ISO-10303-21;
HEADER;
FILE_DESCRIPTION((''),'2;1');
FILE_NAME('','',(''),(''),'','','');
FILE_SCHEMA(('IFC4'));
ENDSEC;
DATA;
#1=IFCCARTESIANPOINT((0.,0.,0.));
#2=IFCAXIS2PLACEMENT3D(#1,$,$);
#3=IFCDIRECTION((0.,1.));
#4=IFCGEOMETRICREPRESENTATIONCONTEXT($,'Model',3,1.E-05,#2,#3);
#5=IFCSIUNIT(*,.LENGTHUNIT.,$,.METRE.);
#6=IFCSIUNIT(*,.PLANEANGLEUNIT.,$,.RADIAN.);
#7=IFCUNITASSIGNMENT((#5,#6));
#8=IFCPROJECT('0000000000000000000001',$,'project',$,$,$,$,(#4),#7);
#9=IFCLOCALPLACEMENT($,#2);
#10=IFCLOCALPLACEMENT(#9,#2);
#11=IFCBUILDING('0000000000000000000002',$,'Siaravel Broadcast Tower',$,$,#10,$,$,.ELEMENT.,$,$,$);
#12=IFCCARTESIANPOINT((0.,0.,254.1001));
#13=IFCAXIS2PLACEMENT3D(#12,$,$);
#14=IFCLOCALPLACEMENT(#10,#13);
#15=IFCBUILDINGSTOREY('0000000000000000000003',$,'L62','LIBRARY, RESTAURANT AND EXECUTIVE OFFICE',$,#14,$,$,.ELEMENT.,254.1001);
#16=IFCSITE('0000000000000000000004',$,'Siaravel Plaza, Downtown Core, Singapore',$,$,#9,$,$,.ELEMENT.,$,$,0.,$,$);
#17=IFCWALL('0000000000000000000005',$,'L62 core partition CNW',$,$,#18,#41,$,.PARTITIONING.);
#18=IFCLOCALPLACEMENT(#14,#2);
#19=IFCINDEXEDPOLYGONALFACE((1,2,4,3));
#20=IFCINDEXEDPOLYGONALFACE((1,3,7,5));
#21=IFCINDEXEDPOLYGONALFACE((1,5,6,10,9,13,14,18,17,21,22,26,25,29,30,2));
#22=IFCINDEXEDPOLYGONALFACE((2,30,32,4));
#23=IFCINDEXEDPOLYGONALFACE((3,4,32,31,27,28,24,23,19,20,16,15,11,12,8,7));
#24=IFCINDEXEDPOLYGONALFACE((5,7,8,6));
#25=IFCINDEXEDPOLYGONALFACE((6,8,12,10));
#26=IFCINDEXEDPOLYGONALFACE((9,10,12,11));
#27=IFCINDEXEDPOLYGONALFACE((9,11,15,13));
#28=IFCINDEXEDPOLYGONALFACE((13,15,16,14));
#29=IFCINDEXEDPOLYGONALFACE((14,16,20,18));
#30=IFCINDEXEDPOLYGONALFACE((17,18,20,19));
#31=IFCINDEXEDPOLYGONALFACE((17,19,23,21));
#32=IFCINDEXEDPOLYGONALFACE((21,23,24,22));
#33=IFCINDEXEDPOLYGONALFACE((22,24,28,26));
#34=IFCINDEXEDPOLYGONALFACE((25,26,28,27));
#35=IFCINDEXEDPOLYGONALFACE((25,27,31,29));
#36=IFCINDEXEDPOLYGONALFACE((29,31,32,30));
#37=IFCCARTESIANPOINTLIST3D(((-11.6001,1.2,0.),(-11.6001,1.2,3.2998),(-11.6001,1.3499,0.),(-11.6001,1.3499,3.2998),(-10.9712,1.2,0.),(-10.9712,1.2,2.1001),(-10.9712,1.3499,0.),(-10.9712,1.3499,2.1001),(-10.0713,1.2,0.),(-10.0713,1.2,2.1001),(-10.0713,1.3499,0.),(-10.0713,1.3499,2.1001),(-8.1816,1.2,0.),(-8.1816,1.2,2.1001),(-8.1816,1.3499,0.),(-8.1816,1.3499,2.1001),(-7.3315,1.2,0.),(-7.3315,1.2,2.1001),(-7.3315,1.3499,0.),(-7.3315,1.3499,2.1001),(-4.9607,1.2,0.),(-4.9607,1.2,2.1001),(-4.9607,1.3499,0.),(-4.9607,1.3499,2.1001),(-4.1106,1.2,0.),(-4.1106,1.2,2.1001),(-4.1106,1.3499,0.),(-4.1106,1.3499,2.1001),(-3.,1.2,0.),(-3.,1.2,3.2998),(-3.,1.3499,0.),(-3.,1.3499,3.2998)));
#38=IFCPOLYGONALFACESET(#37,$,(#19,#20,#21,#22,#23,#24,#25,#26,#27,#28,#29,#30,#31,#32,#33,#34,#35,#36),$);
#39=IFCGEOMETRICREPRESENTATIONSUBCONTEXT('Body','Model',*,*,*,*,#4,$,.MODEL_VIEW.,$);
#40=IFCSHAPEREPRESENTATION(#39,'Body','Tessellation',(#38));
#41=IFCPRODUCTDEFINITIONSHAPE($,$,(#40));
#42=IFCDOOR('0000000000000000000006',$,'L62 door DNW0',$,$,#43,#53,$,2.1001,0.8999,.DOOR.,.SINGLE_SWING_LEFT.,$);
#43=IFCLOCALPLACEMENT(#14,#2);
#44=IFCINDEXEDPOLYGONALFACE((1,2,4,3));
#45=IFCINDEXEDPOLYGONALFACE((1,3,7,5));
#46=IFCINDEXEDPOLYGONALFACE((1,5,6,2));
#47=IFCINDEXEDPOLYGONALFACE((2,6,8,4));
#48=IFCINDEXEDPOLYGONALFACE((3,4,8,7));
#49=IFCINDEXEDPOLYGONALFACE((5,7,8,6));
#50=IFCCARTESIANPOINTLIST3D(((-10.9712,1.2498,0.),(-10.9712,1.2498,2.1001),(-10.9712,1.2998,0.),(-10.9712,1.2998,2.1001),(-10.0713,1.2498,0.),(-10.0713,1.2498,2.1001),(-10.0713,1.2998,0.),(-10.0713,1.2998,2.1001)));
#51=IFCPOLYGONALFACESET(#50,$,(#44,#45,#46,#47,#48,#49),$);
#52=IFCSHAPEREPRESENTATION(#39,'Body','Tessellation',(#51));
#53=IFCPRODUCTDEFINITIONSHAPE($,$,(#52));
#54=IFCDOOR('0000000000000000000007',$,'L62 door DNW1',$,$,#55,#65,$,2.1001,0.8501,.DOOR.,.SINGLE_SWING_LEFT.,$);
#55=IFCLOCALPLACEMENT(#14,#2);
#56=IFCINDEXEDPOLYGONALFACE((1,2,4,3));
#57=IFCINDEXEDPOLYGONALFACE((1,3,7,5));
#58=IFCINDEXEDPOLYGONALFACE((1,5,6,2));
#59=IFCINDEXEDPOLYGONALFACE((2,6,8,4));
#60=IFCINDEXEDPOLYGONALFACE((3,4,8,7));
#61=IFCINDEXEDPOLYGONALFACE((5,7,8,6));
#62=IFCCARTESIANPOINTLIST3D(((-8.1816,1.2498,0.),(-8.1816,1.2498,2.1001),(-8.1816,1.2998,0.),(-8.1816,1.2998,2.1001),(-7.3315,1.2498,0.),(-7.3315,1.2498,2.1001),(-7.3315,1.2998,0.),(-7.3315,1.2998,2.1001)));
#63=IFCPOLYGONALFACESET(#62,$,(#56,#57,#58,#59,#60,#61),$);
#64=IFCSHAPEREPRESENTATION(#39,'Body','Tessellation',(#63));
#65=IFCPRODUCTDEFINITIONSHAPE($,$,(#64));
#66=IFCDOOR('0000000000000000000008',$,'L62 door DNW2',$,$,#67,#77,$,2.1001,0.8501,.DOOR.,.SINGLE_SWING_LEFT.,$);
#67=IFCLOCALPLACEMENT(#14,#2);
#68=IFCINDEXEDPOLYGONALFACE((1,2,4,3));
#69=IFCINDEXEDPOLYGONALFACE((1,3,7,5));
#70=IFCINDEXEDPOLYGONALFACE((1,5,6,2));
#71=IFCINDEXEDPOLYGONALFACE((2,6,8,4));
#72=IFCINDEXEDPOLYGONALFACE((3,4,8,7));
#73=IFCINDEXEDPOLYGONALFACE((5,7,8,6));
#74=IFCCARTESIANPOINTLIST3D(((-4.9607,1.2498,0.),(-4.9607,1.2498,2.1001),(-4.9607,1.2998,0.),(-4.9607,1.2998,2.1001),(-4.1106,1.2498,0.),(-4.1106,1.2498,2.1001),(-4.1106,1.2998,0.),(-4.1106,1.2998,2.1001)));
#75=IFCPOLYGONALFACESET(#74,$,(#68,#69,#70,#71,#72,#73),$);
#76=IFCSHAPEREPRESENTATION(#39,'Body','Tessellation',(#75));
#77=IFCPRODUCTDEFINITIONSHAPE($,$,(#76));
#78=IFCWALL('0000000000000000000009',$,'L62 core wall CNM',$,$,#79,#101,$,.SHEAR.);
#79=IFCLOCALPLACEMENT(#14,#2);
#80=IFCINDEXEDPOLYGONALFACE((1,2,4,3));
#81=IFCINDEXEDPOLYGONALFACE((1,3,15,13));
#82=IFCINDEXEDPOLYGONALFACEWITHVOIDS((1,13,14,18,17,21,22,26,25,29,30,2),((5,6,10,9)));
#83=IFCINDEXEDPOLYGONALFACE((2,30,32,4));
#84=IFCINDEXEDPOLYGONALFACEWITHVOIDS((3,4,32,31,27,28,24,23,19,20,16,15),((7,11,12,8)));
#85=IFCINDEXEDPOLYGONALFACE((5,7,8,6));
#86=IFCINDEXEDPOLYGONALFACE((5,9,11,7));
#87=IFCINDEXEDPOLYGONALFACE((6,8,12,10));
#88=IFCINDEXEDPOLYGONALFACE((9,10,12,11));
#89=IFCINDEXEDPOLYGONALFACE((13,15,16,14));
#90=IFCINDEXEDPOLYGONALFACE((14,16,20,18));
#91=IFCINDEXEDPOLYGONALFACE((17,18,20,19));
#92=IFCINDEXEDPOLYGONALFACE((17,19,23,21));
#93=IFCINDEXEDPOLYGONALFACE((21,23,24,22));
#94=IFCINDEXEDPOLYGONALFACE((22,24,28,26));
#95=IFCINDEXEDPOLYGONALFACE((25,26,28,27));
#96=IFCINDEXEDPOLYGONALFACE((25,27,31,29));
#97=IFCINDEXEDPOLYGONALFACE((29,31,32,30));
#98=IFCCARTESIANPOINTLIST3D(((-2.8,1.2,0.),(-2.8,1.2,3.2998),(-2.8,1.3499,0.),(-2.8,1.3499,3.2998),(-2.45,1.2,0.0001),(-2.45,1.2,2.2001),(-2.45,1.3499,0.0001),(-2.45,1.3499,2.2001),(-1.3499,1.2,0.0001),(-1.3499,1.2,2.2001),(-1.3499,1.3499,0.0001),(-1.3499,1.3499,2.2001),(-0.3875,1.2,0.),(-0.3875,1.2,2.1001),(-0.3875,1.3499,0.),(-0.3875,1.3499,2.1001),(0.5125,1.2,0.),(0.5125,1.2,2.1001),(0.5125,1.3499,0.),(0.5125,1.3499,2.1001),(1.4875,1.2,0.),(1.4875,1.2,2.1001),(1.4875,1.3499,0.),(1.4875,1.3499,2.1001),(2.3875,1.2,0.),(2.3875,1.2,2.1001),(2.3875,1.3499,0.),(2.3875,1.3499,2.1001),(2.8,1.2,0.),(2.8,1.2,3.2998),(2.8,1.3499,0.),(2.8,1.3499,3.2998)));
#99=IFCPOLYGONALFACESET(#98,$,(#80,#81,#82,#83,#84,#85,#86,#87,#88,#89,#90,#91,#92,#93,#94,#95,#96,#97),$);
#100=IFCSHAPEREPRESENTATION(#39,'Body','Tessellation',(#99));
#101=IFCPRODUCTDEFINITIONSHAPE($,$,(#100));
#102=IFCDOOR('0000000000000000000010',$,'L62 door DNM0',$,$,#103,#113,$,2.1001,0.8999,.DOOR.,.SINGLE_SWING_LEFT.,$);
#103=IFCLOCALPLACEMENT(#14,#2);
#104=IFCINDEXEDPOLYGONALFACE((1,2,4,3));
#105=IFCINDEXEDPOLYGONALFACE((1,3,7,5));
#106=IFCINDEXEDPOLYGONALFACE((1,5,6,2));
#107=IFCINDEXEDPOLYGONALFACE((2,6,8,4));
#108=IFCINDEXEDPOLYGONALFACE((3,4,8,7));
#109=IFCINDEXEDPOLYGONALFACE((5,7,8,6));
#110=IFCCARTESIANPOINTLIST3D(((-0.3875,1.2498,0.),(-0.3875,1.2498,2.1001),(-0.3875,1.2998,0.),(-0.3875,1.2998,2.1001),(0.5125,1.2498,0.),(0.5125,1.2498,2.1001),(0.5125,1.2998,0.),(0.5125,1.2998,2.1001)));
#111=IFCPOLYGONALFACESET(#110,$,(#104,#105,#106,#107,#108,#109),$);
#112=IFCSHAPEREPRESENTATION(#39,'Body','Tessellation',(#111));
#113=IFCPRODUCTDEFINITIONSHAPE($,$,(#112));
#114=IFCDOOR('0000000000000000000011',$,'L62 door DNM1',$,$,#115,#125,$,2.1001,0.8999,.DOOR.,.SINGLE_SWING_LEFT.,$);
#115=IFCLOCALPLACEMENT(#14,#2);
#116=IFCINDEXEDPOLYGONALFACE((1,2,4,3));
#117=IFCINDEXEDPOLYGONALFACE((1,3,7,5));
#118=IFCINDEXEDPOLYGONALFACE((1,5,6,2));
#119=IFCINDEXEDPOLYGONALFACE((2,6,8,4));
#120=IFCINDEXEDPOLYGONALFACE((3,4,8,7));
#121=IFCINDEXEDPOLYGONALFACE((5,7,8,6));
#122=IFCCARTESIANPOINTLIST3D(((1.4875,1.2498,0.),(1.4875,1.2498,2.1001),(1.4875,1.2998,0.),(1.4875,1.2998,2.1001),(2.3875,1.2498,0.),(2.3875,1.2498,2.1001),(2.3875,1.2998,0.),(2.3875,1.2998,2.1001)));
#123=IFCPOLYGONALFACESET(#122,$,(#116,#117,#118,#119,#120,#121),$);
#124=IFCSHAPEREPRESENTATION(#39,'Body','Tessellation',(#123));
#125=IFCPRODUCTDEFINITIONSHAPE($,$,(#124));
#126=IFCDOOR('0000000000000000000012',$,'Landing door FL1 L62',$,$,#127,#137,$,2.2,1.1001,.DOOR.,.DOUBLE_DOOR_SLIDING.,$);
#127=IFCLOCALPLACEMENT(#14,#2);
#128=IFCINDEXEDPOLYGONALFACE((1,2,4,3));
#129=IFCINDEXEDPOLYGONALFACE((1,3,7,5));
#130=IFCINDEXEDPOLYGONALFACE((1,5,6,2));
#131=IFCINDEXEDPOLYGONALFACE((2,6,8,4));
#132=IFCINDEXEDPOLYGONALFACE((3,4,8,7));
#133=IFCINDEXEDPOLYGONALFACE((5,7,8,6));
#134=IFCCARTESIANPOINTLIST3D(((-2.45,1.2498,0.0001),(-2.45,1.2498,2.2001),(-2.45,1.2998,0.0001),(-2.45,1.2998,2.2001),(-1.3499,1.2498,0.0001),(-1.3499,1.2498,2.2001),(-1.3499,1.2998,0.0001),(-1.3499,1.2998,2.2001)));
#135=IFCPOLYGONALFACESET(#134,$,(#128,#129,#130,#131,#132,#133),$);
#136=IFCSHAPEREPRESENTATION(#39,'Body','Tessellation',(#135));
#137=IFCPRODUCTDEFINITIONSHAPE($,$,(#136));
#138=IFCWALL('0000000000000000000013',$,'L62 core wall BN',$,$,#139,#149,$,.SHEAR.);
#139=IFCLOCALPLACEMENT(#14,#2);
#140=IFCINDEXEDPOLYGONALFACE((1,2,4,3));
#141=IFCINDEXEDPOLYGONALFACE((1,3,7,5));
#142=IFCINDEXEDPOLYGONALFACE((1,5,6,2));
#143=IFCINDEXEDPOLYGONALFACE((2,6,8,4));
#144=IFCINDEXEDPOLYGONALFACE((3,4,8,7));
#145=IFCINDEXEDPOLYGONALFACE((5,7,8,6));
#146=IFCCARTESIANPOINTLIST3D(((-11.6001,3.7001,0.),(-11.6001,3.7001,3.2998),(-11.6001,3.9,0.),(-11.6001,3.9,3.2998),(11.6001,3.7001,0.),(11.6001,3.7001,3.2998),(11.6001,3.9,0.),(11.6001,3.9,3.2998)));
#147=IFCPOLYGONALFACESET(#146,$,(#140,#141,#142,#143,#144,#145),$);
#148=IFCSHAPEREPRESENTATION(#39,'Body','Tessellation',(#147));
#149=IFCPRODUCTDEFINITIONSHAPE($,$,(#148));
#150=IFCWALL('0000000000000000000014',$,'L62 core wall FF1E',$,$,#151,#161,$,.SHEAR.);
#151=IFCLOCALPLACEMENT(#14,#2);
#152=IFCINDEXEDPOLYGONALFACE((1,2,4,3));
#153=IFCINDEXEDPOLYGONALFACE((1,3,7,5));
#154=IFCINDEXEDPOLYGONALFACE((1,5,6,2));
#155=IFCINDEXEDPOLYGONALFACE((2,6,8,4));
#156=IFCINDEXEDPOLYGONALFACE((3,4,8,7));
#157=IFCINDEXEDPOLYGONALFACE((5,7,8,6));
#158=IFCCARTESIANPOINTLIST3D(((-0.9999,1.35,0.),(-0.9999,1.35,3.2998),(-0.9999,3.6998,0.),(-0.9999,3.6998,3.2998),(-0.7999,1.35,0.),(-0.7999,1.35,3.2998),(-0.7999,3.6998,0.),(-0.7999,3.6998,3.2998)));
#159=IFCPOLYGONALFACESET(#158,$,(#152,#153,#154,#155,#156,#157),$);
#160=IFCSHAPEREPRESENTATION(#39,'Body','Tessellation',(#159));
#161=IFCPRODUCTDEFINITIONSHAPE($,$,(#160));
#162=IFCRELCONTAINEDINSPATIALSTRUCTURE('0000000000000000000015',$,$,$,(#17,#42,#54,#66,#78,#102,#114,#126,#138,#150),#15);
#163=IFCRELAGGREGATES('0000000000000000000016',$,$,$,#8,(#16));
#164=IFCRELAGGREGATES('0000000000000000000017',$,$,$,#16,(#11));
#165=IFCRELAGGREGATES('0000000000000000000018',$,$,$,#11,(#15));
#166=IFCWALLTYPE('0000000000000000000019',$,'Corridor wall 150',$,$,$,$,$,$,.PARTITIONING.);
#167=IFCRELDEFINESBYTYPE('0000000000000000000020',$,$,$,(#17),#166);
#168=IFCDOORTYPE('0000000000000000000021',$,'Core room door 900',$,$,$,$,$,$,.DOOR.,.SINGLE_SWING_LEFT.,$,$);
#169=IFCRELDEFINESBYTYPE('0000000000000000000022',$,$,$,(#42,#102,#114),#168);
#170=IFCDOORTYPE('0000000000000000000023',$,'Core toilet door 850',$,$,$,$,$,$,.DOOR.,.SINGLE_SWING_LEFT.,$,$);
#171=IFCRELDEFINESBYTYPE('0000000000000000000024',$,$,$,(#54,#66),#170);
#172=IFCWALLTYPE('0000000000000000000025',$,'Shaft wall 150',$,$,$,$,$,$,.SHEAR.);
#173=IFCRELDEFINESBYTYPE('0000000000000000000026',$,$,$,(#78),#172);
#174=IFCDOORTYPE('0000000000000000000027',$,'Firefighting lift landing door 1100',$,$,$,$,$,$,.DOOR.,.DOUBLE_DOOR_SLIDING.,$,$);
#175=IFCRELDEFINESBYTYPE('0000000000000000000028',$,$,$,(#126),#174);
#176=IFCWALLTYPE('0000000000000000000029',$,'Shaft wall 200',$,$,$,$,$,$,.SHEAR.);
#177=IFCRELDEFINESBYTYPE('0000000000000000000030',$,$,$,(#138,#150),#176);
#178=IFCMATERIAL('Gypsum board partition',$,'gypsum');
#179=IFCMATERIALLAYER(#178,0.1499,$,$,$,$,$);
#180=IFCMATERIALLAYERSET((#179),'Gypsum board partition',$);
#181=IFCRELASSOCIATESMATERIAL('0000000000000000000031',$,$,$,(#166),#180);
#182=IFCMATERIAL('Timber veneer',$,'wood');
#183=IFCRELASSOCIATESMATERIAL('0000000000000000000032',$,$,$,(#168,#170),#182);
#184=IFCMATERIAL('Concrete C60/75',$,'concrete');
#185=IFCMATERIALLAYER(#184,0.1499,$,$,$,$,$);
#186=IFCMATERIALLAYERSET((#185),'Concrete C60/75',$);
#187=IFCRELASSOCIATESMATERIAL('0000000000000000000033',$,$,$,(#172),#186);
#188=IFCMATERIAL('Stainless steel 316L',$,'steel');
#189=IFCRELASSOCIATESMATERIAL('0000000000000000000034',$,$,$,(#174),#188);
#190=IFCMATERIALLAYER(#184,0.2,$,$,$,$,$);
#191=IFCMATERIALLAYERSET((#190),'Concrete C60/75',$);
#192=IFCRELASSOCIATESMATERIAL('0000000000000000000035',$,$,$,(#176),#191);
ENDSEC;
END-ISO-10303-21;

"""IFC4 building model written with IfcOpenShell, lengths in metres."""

from ifc_helpers import new_model, si_unit, direction, frame, frame_2d, origin, place, context, subcontext, project, spatial, rectangle, extrude, material, layer, layer_set, type_object, element, fill, save


model = new_model("IFC4")

# Units and contexts
model_context = context("Model", 3, precision=1e-05, world=origin(), true_north=direction((0.0, 1.0)))
body_context = subcontext(model_context, "Body", "Model", "MODEL_VIEW")
ifc_project = project(units=[si_unit("LENGTHUNIT", "METRE"), si_unit("PLANEANGLEUNIT", "RADIAN")], contexts=[model_context])

# Site, building, storey
site_placement = place(None, origin())
site = spatial("IfcSite", under=ifc_project, at=site_placement, Name="Siaravel Plaza, Downtown Core, Singapore", CompositionType="ELEMENT", RefElevation=0.0)
building_placement = place(site_placement, origin())
building = spatial("IfcBuilding", under=site, at=building_placement, Name="Siaravel Broadcast Tower", CompositionType="ELEMENT")
storey_placement = place(building_placement, frame((0.0, 0.0, 254.1001)))
storey = spatial("IfcBuildingStorey", under=building, at=storey_placement, Name="L62", Description="LIBRARY, RESTAURANT AND EXECUTIVE OFFICE", CompositionType="ELEMENT", Elevation=254.1001)

# Walls, openings, doors
ifc_material_1 = material(Name="Gypsum board partition", Category="gypsum")
ifc_layer_1 = layer(ifc_material_1, 0.1499)
ifc_layer_set_1 = layer_set([ifc_layer_1], Name="Gypsum board partition")
wall_type_1 = type_object("IfcWallType", Name="Corridor wall 150", PredefinedType="PARTITIONING", material=ifc_layer_set_1)
wall_1_placement = place(storey_placement, frame((-11.6001, 1.2749, 0.0), z_axis=(0.0, 0.0, 1.0), x_axis=(1.0, 0.0, 0.0)))
wall_1 = element("IfcWall", 1, at=wall_1_placement, inside=storey, type_object=wall_type_1, Name="L62 core partition CNW", PredefinedType="PARTITIONING", context=body_context, shape_type="SweptSolid", body=[
    extrude(rectangle(XDim=8.6001, YDim=0.1499, at=frame_2d((4.3, 0.0))), origin(), (0.0, 0.0, 1.0), 3.2998),
])
opening_1_placement = place(wall_1_placement, frame((0.6289, 0.0, 0.0)))
opening_1 = element("IfcOpeningElement", 2, at=opening_1_placement, cuts=wall_1, PredefinedType="OPENING", context=body_context, shape_type="SweptSolid", body=[
    extrude(rectangle(XDim=0.8999, YDim=2.1001, at=frame_2d((0.45, 1.05))), frame((0.0, 0.085, 0.0), z_axis=(0.0, -1.0, 0.0), x_axis=(1.0, 0.0, 0.0)), (0.0, 0.0, 1.0), 0.1699),
])
opening_2_placement = place(wall_1_placement, frame((3.4185, 0.0, 0.0)))
opening_2 = element("IfcOpeningElement", 3, at=opening_2_placement, cuts=wall_1, PredefinedType="OPENING", context=body_context, shape_type="SweptSolid", body=[
    extrude(rectangle(XDim=0.8501, YDim=2.1001, at=frame_2d((0.425, 1.05))), frame((0.0, 0.085, 0.0), z_axis=(0.0, -1.0, 0.0), x_axis=(1.0, 0.0, 0.0)), (0.0, 0.0, 1.0), 0.1699),
])
opening_3_placement = place(wall_1_placement, frame((6.6394, 0.0, 0.0)))
opening_3 = element("IfcOpeningElement", 4, at=opening_3_placement, cuts=wall_1, PredefinedType="OPENING", context=body_context, shape_type="SweptSolid", body=[
    extrude(rectangle(XDim=0.8501, YDim=2.1001, at=frame_2d((0.425, 1.05))), frame((0.0, 0.085, 0.0), z_axis=(0.0, -1.0, 0.0), x_axis=(1.0, 0.0, 0.0)), (0.0, 0.0, 1.0), 0.1699),
])
ifc_material_2 = material(Name="Timber veneer", Category="wood")
door_type_1 = type_object("IfcDoorType", Name="Core room door 900", OperationType="SINGLE_SWING_LEFT", PredefinedType="DOOR", material=ifc_material_2)
door_1_placement = place(opening_1_placement, origin())
door_1 = element("IfcDoor", 5, at=door_1_placement, inside=storey, type_object=door_type_1, Name="L62 door DNW0", OperationType="SINGLE_SWING_LEFT", OverallHeight=2.1001, OverallWidth=0.8999, PredefinedType="DOOR", context=body_context, shape_type="SweptSolid", body=[
    extrude(rectangle(XDim=0.8999, YDim=2.1001, at=frame_2d((0.45, 1.05))), frame((0.0, 0.0249, 0.0), z_axis=(0.0, -1.0, 0.0), x_axis=(1.0, 0.0, 0.0)), (0.0, 0.0, 1.0), 0.05),
])
fill(opening_1, door_1)
door_type_2 = type_object("IfcDoorType", Name="Core toilet door 850", OperationType="SINGLE_SWING_LEFT", PredefinedType="DOOR", material=ifc_material_2)
door_2_placement = place(opening_2_placement, origin())
door_2 = element("IfcDoor", 6, at=door_2_placement, inside=storey, type_object=door_type_2, Name="L62 door DNW1", OperationType="SINGLE_SWING_LEFT", OverallHeight=2.1001, OverallWidth=0.8501, PredefinedType="DOOR", context=body_context, shape_type="SweptSolid", body=[
    extrude(rectangle(XDim=0.8501, YDim=2.1001, at=frame_2d((0.425, 1.05))), frame((0.0, 0.0249, 0.0), z_axis=(0.0, -1.0, 0.0), x_axis=(1.0, 0.0, 0.0)), (0.0, 0.0, 1.0), 0.05),
])
fill(opening_2, door_2)
door_3_placement = place(opening_3_placement, origin())
door_3 = element("IfcDoor", 7, at=door_3_placement, inside=storey, type_object=door_type_2, Name="L62 door DNW2", OperationType="SINGLE_SWING_LEFT", OverallHeight=2.1001, OverallWidth=0.8501, PredefinedType="DOOR", context=body_context, shape_type="SweptSolid", body=[
    extrude(rectangle(XDim=0.8501, YDim=2.1001, at=frame_2d((0.425, 1.05))), frame((0.0, 0.0249, 0.0), z_axis=(0.0, -1.0, 0.0), x_axis=(1.0, 0.0, 0.0)), (0.0, 0.0, 1.0), 0.05),
])
fill(opening_3, door_3)
ifc_material_3 = material(Name="Concrete C60/75", Category="concrete")
ifc_layer_2 = layer(ifc_material_3, 0.1499)
ifc_layer_set_2 = layer_set([ifc_layer_2], Name="Concrete C60/75")
wall_type_2 = type_object("IfcWallType", Name="Shaft wall 150", PredefinedType="SHEAR", material=ifc_layer_set_2)
wall_2_placement = place(storey_placement, frame((-2.8, 1.2749, 0.0), z_axis=(0.0, 0.0, 1.0), x_axis=(1.0, 0.0, 0.0)))
wall_2 = element("IfcWall", 8, at=wall_2_placement, inside=storey, type_object=wall_type_2, Name="L62 core wall CNM", PredefinedType="SHEAR", context=body_context, shape_type="SweptSolid", body=[
    extrude(rectangle(XDim=5.6001, YDim=0.1499, at=frame_2d((2.8, 0.0))), origin(), (0.0, 0.0, 1.0), 3.2998),
])
opening_4_placement = place(wall_2_placement, frame((0.3501, 0.0, 0.0)))
opening_4 = element("IfcOpeningElement", 9, at=opening_4_placement, cuts=wall_2, PredefinedType="OPENING", context=body_context, shape_type="SweptSolid", body=[
    extrude(rectangle(XDim=1.1001, YDim=2.2, at=frame_2d((0.55, 1.1001))), frame((0.0, 0.085, 0.0), z_axis=(0.0, -1.0, 0.0), x_axis=(1.0, 0.0, 0.0)), (0.0, 0.0, 1.0), 0.1699),
])
opening_5_placement = place(wall_2_placement, frame((2.4126, 0.0, 0.0)))
opening_5 = element("IfcOpeningElement", 10, at=opening_5_placement, cuts=wall_2, PredefinedType="OPENING", context=body_context, shape_type="SweptSolid", body=[
    extrude(rectangle(XDim=0.8999, YDim=2.1001, at=frame_2d((0.45, 1.05))), frame((0.0, 0.085, 0.0), z_axis=(0.0, -1.0, 0.0), x_axis=(1.0, 0.0, 0.0)), (0.0, 0.0, 1.0), 0.1699),
])
opening_6_placement = place(wall_2_placement, frame((4.2876, 0.0, 0.0)))
opening_6 = element("IfcOpeningElement", 11, at=opening_6_placement, cuts=wall_2, PredefinedType="OPENING", context=body_context, shape_type="SweptSolid", body=[
    extrude(rectangle(XDim=0.8999, YDim=2.1001, at=frame_2d((0.45, 1.05))), frame((0.0, 0.085, 0.0), z_axis=(0.0, -1.0, 0.0), x_axis=(1.0, 0.0, 0.0)), (0.0, 0.0, 1.0), 0.1699),
])
door_4_placement = place(opening_5_placement, origin())
door_4 = element("IfcDoor", 12, at=door_4_placement, inside=storey, type_object=door_type_1, Name="L62 door DNM0", OperationType="SINGLE_SWING_LEFT", OverallHeight=2.1001, OverallWidth=0.8999, PredefinedType="DOOR", context=body_context, shape_type="SweptSolid", body=[
    extrude(rectangle(XDim=0.8999, YDim=2.1001, at=frame_2d((0.45, 1.05))), frame((0.0, 0.0249, 0.0), z_axis=(0.0, -1.0, 0.0), x_axis=(1.0, 0.0, 0.0)), (0.0, 0.0, 1.0), 0.05),
])
fill(opening_5, door_4)
door_5_placement = place(opening_6_placement, origin())
door_5 = element("IfcDoor", 13, at=door_5_placement, inside=storey, type_object=door_type_1, Name="L62 door DNM1", OperationType="SINGLE_SWING_LEFT", OverallHeight=2.1001, OverallWidth=0.8999, PredefinedType="DOOR", context=body_context, shape_type="SweptSolid", body=[
    extrude(rectangle(XDim=0.8999, YDim=2.1001, at=frame_2d((0.45, 1.05))), frame((0.0, 0.0249, 0.0), z_axis=(0.0, -1.0, 0.0), x_axis=(1.0, 0.0, 0.0)), (0.0, 0.0, 1.0), 0.05),
])
fill(opening_6, door_5)
ifc_material_4 = material(Name="Stainless steel 316L", Category="steel")
door_type_3 = type_object("IfcDoorType", Name="Firefighting lift landing door 1100", OperationType="DOUBLE_DOOR_SLIDING", PredefinedType="DOOR", material=ifc_material_4)
door_6_placement = place(opening_4_placement, origin())
door_6 = element("IfcDoor", 14, at=door_6_placement, inside=storey, type_object=door_type_3, Name="Landing door FL1 L62", OperationType="DOUBLE_DOOR_SLIDING", OverallHeight=2.2, OverallWidth=1.1001, PredefinedType="DOOR", context=body_context, shape_type="SweptSolid", body=[
    extrude(rectangle(XDim=1.1001, YDim=2.2, at=frame_2d((0.55, 1.1001))), frame((0.0, 0.0249, 0.0), z_axis=(0.0, -1.0, 0.0), x_axis=(1.0, 0.0, 0.0)), (0.0, 0.0, 1.0), 0.05),
])
fill(opening_4, door_6)

# Walls
ifc_layer_3 = layer(ifc_material_3, 0.2)
ifc_layer_set_3 = layer_set([ifc_layer_3], Name="Concrete C60/75")
wall_type_3 = type_object("IfcWallType", Name="Shaft wall 200", PredefinedType="SHEAR", material=ifc_layer_set_3)
wall_3_placement = place(storey_placement, frame((-11.6001, 3.8, 0.0), z_axis=(0.0, 0.0, 1.0), x_axis=(1.0, 0.0, 0.0)))
element("IfcWall", 15, at=wall_3_placement, inside=storey, type_object=wall_type_3, Name="L62 core wall BN", PredefinedType="SHEAR", context=body_context, shape_type="SweptSolid", body=[
    extrude(rectangle(XDim=23.2002, YDim=0.2, at=frame_2d((11.6001, 0.0))), origin(), (0.0, 0.0, 1.0), 3.2998),
])
wall_4_placement = place(storey_placement, frame((-0.8999, 1.3501, 0.0), z_axis=(0.0, 0.0, 1.0), x_axis=(0.0, 1.0, 0.0)))
element("IfcWall", 16, at=wall_4_placement, inside=storey, type_object=wall_type_3, Name="L62 core wall FF1E", PredefinedType="SHEAR", context=body_context, shape_type="SweptSolid", body=[
    extrude(rectangle(XDim=2.3499, YDim=0.2, at=frame_2d((1.1748, 0.0))), origin(), (0.0, 0.0, 1.0), 3.2998),
])

save(model, "model.ifc")
